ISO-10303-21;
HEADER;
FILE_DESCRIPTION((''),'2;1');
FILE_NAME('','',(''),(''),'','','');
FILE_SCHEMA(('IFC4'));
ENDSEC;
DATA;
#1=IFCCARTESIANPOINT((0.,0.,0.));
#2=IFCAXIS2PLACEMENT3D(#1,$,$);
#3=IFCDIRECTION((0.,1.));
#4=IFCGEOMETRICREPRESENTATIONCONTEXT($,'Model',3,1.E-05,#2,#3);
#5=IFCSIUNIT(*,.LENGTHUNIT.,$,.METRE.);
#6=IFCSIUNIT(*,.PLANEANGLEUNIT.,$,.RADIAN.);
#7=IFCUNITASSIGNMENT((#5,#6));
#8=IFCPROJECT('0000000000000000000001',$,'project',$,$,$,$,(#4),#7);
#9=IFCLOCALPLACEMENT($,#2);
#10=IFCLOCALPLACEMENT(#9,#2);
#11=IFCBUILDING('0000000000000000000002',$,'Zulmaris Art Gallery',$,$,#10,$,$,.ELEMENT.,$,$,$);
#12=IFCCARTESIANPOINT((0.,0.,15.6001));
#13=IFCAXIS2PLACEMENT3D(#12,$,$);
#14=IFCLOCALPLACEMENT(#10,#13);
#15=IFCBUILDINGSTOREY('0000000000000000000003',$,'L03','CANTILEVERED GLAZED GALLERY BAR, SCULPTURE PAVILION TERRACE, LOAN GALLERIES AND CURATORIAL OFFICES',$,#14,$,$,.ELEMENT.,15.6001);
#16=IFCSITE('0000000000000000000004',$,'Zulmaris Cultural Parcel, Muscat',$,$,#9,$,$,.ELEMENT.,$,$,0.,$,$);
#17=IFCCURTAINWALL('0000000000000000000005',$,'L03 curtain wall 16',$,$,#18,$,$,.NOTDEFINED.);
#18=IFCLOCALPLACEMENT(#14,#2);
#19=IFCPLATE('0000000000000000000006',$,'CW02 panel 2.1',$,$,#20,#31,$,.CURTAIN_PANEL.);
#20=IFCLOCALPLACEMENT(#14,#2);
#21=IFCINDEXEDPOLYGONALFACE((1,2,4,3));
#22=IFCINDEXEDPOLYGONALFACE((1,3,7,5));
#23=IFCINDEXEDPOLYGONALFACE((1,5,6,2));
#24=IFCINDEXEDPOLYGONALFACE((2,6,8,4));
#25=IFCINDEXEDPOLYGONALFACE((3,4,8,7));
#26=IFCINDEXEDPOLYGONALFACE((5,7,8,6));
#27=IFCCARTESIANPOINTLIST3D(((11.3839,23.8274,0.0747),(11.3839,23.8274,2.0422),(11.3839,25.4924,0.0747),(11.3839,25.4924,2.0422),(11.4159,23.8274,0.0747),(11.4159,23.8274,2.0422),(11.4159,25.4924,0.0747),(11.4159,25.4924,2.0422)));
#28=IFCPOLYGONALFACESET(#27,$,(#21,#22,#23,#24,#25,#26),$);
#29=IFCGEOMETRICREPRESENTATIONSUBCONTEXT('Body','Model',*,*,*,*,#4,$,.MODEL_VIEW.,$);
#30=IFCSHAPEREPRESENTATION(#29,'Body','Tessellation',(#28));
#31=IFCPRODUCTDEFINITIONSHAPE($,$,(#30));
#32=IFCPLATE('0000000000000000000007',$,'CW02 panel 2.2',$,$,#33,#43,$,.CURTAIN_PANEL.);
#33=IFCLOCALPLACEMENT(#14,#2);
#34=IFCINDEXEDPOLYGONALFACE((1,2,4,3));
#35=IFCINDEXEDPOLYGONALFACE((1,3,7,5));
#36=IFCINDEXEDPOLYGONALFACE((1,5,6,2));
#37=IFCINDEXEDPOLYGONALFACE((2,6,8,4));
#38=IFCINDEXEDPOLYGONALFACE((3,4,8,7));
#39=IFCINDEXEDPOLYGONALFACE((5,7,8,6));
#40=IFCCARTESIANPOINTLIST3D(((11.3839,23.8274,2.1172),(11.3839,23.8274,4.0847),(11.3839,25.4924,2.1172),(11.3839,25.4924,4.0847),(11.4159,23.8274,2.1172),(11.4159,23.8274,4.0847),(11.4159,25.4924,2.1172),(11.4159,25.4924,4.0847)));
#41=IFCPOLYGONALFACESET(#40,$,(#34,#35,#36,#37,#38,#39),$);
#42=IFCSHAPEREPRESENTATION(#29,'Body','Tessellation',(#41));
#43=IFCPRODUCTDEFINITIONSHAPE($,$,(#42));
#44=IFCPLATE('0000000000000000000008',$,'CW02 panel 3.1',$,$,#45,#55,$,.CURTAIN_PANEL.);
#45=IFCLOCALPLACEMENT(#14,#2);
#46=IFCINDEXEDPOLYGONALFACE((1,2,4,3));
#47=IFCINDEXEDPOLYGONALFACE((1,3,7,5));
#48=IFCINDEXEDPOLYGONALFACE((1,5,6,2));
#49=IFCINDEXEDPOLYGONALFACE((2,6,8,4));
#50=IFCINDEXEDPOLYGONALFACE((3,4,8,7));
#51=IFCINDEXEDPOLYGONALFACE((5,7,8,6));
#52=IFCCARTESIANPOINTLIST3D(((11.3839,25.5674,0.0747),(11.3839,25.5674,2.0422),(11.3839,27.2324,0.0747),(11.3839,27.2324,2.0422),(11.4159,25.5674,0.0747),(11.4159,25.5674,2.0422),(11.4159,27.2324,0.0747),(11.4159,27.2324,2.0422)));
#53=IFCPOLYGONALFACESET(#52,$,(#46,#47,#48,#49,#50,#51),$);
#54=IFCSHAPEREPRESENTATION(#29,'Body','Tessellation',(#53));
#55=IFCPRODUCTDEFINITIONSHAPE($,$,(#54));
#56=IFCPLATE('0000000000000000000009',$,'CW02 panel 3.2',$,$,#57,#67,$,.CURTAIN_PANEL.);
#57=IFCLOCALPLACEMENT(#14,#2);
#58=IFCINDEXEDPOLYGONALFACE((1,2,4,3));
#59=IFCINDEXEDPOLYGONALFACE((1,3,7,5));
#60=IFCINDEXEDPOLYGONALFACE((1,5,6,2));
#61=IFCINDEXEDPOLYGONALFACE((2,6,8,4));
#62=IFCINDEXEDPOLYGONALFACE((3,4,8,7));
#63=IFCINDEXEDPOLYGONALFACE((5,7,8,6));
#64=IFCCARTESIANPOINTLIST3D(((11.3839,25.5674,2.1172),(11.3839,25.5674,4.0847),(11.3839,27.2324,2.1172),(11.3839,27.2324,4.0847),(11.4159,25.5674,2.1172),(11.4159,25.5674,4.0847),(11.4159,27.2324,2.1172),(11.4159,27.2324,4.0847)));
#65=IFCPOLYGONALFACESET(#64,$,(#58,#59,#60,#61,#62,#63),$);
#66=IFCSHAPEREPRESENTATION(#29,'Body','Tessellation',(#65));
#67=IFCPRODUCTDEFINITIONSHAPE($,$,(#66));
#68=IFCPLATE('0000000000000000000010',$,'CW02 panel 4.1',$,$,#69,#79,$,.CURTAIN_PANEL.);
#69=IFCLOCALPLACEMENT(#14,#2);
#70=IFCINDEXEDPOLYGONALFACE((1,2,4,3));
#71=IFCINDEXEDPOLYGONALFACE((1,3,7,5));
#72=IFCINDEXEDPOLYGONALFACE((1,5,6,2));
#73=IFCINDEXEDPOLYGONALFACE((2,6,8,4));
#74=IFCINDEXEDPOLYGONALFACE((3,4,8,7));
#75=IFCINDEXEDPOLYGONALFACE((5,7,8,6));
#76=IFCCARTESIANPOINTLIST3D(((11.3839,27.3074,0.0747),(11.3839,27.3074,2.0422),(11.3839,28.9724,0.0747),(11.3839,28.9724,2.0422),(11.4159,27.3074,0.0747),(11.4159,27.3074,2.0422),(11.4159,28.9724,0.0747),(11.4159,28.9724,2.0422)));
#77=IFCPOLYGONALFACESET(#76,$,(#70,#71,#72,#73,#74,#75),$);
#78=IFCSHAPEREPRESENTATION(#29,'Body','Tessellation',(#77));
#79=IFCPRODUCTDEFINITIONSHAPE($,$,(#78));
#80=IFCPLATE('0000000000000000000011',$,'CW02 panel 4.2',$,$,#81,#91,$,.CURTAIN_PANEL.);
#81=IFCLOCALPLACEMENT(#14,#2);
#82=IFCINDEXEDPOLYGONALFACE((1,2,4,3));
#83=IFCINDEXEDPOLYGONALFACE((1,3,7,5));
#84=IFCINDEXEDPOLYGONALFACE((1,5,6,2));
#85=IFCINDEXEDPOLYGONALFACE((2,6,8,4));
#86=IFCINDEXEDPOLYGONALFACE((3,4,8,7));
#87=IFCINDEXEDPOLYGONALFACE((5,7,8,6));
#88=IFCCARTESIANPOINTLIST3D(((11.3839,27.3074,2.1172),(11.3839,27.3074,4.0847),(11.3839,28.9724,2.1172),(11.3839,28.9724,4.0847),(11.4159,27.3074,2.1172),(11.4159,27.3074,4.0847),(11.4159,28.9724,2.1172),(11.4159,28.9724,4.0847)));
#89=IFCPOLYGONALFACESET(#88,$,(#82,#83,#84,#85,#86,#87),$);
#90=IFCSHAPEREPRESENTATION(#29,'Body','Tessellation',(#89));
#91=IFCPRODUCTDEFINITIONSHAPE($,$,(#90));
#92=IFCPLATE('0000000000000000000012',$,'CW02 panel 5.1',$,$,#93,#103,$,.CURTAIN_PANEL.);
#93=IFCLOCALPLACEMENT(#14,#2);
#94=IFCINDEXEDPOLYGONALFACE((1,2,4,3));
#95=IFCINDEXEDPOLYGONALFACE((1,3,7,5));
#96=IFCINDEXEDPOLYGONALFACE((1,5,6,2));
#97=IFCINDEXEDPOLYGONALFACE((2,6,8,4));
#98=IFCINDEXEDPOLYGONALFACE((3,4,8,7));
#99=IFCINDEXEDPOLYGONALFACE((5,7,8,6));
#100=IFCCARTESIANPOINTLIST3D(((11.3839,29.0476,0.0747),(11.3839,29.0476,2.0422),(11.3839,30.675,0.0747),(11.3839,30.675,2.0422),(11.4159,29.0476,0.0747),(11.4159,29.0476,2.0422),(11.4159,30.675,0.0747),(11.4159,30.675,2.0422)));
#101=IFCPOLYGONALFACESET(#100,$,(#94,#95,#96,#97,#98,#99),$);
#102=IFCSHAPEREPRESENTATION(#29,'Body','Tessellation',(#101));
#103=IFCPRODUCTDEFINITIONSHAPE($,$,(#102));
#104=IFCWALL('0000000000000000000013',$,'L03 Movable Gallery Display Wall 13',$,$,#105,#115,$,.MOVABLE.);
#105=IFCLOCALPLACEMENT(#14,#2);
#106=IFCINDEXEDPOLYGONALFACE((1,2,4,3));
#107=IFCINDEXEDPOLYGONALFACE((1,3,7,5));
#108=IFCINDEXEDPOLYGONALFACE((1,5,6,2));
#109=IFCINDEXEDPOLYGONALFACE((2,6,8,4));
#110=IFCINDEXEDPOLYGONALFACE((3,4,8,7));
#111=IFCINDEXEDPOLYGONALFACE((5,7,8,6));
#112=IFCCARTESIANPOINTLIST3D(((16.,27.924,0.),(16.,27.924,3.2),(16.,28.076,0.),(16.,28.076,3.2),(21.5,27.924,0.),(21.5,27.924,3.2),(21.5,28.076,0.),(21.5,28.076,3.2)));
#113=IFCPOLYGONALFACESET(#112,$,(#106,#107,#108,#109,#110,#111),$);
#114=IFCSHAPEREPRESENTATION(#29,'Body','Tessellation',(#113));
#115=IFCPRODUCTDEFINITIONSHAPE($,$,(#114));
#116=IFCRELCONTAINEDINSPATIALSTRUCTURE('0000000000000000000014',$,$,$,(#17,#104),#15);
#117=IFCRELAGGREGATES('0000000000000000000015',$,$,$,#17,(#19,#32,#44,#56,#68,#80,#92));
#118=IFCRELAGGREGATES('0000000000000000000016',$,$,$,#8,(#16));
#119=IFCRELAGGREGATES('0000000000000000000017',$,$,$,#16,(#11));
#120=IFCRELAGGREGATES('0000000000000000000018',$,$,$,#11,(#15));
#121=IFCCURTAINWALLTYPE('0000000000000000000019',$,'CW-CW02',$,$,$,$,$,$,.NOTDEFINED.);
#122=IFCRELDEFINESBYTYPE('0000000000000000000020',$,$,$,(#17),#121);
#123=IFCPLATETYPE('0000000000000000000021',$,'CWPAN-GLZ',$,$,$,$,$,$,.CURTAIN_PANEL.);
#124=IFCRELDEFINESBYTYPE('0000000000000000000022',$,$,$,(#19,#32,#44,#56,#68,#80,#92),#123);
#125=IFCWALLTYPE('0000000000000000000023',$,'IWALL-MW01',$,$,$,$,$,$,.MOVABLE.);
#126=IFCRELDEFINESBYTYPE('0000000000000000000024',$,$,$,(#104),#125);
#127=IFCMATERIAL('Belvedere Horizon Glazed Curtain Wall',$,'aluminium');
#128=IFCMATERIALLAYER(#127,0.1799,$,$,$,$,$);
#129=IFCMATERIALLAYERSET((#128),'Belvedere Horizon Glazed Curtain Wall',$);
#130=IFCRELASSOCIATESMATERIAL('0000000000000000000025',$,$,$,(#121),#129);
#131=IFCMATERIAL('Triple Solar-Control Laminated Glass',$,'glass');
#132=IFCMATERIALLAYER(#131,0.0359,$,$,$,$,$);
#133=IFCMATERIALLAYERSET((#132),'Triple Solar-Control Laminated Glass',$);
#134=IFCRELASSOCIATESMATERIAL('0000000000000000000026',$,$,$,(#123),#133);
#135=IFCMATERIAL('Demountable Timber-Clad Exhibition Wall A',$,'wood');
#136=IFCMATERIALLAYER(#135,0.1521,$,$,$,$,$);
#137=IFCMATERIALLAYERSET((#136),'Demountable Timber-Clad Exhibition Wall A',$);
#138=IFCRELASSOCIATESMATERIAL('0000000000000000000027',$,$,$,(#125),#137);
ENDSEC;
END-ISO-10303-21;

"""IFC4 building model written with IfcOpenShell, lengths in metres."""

from ifc_helpers import new_model, si_unit, direction, frame, frame_2d, origin, origin_2d, place, context, subcontext, project, spatial, rectangle, extrude, material, layer, layer_set, type_object, element, aggregate, save


model = new_model("IFC4")

# Units and contexts
model_context = context("Model", 3, precision=1e-05, world=origin(), true_north=direction((0.0, 1.0)))
body_context = subcontext(model_context, "Body", "Model", "MODEL_VIEW")
ifc_project = project(units=[si_unit("LENGTHUNIT", "METRE"), si_unit("PLANEANGLEUNIT", "RADIAN")], contexts=[model_context])

# Site, building, storey
site_placement = place(None, origin())
site = spatial("IfcSite", under=ifc_project, at=site_placement, Name="Zulmaris Cultural Parcel, Muscat", CompositionType="ELEMENT", RefElevation=0.0)
building_placement = place(site_placement, origin())
building = spatial("IfcBuilding", under=site, at=building_placement, Name="Zulmaris Art Gallery", CompositionType="ELEMENT")
storey_placement = place(building_placement, frame((0.0, 0.0, 15.6001)))
storey = spatial("IfcBuildingStorey", under=building, at=storey_placement, Name="L03", Description="CANTILEVERED GLAZED GALLERY BAR, SCULPTURE PAVILION TERRACE, LOAN GALLERIES AND CURATORIAL OFFICES", CompositionType="ELEMENT", Elevation=15.6001)

# Curtain wall
ifc_material_1 = material(Name="Belvedere Horizon Glazed Curtain Wall", Category="aluminium")
ifc_layer_1 = layer(ifc_material_1, 0.1799)
ifc_layer_set_1 = layer_set([ifc_layer_1], Name="Belvedere Horizon Glazed Curtain Wall")
curtain_wall_type_1 = type_object("IfcCurtainWallType", Name="CW-CW02", PredefinedType="NOTDEFINED", material=ifc_layer_set_1)
curtain_wall_1_placement = place(storey_placement, origin())
curtain_wall_1 = element("IfcCurtainWall", 1, at=curtain_wall_1_placement, inside=storey, type_object=curtain_wall_type_1, Name="L03 curtain wall 16", PredefinedType="NOTDEFINED")

# Plates
ifc_material_2 = material(Name="Triple Solar-Control Laminated Glass", Category="glass")
ifc_layer_2 = layer(ifc_material_2, 0.0359)
ifc_layer_set_2 = layer_set([ifc_layer_2], Name="Triple Solar-Control Laminated Glass")
plate_type = type_object("IfcPlateType", Name="CWPAN-GLZ", PredefinedType="CURTAIN_PANEL", material=ifc_layer_set_2)
plate_1_placement = place(storey_placement, frame((11.3999, 24.6599, 0.0747), z_axis=(0.0, 0.0, 1.0), x_axis=(0.0, 1.0, 0.0)))
plate_1 = element("IfcPlate", 2, at=plate_1_placement, type_object=plate_type, Name="CW02 panel 2.1", PredefinedType="CURTAIN_PANEL", context=body_context, shape_type="SweptSolid", body=[
    extrude(rectangle(XDim=1.665, YDim=0.032, at=origin_2d()), origin(), (0.0, 0.0, 1.0), 1.9675),
])
plate_2_placement = place(storey_placement, frame((11.3999, 24.6599, 2.1172), z_axis=(0.0, 0.0, 1.0), x_axis=(0.0, 1.0, 0.0)))
plate_2 = element("IfcPlate", 3, at=plate_2_placement, type_object=plate_type, Name="CW02 panel 2.2", PredefinedType="CURTAIN_PANEL", context=body_context, shape_type="SweptSolid", body=[
    extrude(rectangle(XDim=1.665, YDim=0.032, at=origin_2d()), origin(), (0.0, 0.0, 1.0), 1.9675),
])
plate_3_placement = place(storey_placement, frame((11.3999, 26.3999, 0.0747), z_axis=(0.0, 0.0, 1.0), x_axis=(0.0, 1.0, 0.0)))
plate_3 = element("IfcPlate", 4, at=plate_3_placement, type_object=plate_type, Name="CW02 panel 3.1", PredefinedType="CURTAIN_PANEL", context=body_context, shape_type="SweptSolid", body=[
    extrude(rectangle(XDim=1.665, YDim=0.032, at=origin_2d()), origin(), (0.0, 0.0, 1.0), 1.9675),
])
plate_4_placement = place(storey_placement, frame((11.3999, 26.3999, 2.1172), z_axis=(0.0, 0.0, 1.0), x_axis=(0.0, 1.0, 0.0)))
plate_4 = element("IfcPlate", 5, at=plate_4_placement, type_object=plate_type, Name="CW02 panel 3.2", PredefinedType="CURTAIN_PANEL", context=body_context, shape_type="SweptSolid", body=[
    extrude(rectangle(XDim=1.665, YDim=0.032, at=origin_2d()), origin(), (0.0, 0.0, 1.0), 1.9675),
])
plate_5_placement = place(storey_placement, frame((11.3999, 28.1399, 0.0747), z_axis=(0.0, 0.0, 1.0), x_axis=(0.0, 1.0, 0.0)))
plate_5 = element("IfcPlate", 6, at=plate_5_placement, type_object=plate_type, Name="CW02 panel 4.1", PredefinedType="CURTAIN_PANEL", context=body_context, shape_type="SweptSolid", body=[
    extrude(rectangle(XDim=1.665, YDim=0.032, at=origin_2d()), origin(), (0.0, 0.0, 1.0), 1.9675),
])
plate_6_placement = place(storey_placement, frame((11.3999, 28.1399, 2.1172), z_axis=(0.0, 0.0, 1.0), x_axis=(0.0, 1.0, 0.0)))
plate_6 = element("IfcPlate", 7, at=plate_6_placement, type_object=plate_type, Name="CW02 panel 4.2", PredefinedType="CURTAIN_PANEL", context=body_context, shape_type="SweptSolid", body=[
    extrude(rectangle(XDim=1.665, YDim=0.032, at=origin_2d()), origin(), (0.0, 0.0, 1.0), 1.9675),
])
plate_7_placement = place(storey_placement, frame((11.3999, 29.8613, 0.0747), z_axis=(0.0, 0.0, 1.0), x_axis=(0.0, 1.0, 0.0)))
plate_7 = element("IfcPlate", 8, at=plate_7_placement, type_object=plate_type, Name="CW02 panel 5.1", PredefinedType="CURTAIN_PANEL", context=body_context, shape_type="SweptSolid", body=[
    extrude(rectangle(XDim=1.6274, YDim=0.032, at=origin_2d()), origin(), (0.0, 0.0, 1.0), 1.9675),
])
aggregate(curtain_wall_1, [plate_1, plate_2, plate_3, plate_4, plate_5, plate_6, plate_7])

# Wall
ifc_material_3 = material(Name="Demountable Timber-Clad Exhibition Wall A", Category="wood")
ifc_layer_3 = layer(ifc_material_3, 0.1521)
ifc_layer_set_3 = layer_set([ifc_layer_3], Name="Demountable Timber-Clad Exhibition Wall A")
wall_type = type_object("IfcWallType", Name="IWALL-MW01", PredefinedType="MOVABLE", material=ifc_layer_set_3)
wall_placement = place(storey_placement, frame((16.0, 28.0, 0.0), z_axis=(0.0, 0.0, 1.0), x_axis=(1.0, 0.0, 0.0)))
element("IfcWall", 9, at=wall_placement, inside=storey, type_object=wall_type, Name="L03 Movable Gallery Display Wall 13", PredefinedType="MOVABLE", context=body_context, shape_type="SweptSolid", body=[
    extrude(rectangle(XDim=5.5, YDim=0.1521, at=frame_2d((2.75, 0.0))), origin(), (0.0, 0.0, 1.0), 3.2),
])

save(model, "model.ifc")
